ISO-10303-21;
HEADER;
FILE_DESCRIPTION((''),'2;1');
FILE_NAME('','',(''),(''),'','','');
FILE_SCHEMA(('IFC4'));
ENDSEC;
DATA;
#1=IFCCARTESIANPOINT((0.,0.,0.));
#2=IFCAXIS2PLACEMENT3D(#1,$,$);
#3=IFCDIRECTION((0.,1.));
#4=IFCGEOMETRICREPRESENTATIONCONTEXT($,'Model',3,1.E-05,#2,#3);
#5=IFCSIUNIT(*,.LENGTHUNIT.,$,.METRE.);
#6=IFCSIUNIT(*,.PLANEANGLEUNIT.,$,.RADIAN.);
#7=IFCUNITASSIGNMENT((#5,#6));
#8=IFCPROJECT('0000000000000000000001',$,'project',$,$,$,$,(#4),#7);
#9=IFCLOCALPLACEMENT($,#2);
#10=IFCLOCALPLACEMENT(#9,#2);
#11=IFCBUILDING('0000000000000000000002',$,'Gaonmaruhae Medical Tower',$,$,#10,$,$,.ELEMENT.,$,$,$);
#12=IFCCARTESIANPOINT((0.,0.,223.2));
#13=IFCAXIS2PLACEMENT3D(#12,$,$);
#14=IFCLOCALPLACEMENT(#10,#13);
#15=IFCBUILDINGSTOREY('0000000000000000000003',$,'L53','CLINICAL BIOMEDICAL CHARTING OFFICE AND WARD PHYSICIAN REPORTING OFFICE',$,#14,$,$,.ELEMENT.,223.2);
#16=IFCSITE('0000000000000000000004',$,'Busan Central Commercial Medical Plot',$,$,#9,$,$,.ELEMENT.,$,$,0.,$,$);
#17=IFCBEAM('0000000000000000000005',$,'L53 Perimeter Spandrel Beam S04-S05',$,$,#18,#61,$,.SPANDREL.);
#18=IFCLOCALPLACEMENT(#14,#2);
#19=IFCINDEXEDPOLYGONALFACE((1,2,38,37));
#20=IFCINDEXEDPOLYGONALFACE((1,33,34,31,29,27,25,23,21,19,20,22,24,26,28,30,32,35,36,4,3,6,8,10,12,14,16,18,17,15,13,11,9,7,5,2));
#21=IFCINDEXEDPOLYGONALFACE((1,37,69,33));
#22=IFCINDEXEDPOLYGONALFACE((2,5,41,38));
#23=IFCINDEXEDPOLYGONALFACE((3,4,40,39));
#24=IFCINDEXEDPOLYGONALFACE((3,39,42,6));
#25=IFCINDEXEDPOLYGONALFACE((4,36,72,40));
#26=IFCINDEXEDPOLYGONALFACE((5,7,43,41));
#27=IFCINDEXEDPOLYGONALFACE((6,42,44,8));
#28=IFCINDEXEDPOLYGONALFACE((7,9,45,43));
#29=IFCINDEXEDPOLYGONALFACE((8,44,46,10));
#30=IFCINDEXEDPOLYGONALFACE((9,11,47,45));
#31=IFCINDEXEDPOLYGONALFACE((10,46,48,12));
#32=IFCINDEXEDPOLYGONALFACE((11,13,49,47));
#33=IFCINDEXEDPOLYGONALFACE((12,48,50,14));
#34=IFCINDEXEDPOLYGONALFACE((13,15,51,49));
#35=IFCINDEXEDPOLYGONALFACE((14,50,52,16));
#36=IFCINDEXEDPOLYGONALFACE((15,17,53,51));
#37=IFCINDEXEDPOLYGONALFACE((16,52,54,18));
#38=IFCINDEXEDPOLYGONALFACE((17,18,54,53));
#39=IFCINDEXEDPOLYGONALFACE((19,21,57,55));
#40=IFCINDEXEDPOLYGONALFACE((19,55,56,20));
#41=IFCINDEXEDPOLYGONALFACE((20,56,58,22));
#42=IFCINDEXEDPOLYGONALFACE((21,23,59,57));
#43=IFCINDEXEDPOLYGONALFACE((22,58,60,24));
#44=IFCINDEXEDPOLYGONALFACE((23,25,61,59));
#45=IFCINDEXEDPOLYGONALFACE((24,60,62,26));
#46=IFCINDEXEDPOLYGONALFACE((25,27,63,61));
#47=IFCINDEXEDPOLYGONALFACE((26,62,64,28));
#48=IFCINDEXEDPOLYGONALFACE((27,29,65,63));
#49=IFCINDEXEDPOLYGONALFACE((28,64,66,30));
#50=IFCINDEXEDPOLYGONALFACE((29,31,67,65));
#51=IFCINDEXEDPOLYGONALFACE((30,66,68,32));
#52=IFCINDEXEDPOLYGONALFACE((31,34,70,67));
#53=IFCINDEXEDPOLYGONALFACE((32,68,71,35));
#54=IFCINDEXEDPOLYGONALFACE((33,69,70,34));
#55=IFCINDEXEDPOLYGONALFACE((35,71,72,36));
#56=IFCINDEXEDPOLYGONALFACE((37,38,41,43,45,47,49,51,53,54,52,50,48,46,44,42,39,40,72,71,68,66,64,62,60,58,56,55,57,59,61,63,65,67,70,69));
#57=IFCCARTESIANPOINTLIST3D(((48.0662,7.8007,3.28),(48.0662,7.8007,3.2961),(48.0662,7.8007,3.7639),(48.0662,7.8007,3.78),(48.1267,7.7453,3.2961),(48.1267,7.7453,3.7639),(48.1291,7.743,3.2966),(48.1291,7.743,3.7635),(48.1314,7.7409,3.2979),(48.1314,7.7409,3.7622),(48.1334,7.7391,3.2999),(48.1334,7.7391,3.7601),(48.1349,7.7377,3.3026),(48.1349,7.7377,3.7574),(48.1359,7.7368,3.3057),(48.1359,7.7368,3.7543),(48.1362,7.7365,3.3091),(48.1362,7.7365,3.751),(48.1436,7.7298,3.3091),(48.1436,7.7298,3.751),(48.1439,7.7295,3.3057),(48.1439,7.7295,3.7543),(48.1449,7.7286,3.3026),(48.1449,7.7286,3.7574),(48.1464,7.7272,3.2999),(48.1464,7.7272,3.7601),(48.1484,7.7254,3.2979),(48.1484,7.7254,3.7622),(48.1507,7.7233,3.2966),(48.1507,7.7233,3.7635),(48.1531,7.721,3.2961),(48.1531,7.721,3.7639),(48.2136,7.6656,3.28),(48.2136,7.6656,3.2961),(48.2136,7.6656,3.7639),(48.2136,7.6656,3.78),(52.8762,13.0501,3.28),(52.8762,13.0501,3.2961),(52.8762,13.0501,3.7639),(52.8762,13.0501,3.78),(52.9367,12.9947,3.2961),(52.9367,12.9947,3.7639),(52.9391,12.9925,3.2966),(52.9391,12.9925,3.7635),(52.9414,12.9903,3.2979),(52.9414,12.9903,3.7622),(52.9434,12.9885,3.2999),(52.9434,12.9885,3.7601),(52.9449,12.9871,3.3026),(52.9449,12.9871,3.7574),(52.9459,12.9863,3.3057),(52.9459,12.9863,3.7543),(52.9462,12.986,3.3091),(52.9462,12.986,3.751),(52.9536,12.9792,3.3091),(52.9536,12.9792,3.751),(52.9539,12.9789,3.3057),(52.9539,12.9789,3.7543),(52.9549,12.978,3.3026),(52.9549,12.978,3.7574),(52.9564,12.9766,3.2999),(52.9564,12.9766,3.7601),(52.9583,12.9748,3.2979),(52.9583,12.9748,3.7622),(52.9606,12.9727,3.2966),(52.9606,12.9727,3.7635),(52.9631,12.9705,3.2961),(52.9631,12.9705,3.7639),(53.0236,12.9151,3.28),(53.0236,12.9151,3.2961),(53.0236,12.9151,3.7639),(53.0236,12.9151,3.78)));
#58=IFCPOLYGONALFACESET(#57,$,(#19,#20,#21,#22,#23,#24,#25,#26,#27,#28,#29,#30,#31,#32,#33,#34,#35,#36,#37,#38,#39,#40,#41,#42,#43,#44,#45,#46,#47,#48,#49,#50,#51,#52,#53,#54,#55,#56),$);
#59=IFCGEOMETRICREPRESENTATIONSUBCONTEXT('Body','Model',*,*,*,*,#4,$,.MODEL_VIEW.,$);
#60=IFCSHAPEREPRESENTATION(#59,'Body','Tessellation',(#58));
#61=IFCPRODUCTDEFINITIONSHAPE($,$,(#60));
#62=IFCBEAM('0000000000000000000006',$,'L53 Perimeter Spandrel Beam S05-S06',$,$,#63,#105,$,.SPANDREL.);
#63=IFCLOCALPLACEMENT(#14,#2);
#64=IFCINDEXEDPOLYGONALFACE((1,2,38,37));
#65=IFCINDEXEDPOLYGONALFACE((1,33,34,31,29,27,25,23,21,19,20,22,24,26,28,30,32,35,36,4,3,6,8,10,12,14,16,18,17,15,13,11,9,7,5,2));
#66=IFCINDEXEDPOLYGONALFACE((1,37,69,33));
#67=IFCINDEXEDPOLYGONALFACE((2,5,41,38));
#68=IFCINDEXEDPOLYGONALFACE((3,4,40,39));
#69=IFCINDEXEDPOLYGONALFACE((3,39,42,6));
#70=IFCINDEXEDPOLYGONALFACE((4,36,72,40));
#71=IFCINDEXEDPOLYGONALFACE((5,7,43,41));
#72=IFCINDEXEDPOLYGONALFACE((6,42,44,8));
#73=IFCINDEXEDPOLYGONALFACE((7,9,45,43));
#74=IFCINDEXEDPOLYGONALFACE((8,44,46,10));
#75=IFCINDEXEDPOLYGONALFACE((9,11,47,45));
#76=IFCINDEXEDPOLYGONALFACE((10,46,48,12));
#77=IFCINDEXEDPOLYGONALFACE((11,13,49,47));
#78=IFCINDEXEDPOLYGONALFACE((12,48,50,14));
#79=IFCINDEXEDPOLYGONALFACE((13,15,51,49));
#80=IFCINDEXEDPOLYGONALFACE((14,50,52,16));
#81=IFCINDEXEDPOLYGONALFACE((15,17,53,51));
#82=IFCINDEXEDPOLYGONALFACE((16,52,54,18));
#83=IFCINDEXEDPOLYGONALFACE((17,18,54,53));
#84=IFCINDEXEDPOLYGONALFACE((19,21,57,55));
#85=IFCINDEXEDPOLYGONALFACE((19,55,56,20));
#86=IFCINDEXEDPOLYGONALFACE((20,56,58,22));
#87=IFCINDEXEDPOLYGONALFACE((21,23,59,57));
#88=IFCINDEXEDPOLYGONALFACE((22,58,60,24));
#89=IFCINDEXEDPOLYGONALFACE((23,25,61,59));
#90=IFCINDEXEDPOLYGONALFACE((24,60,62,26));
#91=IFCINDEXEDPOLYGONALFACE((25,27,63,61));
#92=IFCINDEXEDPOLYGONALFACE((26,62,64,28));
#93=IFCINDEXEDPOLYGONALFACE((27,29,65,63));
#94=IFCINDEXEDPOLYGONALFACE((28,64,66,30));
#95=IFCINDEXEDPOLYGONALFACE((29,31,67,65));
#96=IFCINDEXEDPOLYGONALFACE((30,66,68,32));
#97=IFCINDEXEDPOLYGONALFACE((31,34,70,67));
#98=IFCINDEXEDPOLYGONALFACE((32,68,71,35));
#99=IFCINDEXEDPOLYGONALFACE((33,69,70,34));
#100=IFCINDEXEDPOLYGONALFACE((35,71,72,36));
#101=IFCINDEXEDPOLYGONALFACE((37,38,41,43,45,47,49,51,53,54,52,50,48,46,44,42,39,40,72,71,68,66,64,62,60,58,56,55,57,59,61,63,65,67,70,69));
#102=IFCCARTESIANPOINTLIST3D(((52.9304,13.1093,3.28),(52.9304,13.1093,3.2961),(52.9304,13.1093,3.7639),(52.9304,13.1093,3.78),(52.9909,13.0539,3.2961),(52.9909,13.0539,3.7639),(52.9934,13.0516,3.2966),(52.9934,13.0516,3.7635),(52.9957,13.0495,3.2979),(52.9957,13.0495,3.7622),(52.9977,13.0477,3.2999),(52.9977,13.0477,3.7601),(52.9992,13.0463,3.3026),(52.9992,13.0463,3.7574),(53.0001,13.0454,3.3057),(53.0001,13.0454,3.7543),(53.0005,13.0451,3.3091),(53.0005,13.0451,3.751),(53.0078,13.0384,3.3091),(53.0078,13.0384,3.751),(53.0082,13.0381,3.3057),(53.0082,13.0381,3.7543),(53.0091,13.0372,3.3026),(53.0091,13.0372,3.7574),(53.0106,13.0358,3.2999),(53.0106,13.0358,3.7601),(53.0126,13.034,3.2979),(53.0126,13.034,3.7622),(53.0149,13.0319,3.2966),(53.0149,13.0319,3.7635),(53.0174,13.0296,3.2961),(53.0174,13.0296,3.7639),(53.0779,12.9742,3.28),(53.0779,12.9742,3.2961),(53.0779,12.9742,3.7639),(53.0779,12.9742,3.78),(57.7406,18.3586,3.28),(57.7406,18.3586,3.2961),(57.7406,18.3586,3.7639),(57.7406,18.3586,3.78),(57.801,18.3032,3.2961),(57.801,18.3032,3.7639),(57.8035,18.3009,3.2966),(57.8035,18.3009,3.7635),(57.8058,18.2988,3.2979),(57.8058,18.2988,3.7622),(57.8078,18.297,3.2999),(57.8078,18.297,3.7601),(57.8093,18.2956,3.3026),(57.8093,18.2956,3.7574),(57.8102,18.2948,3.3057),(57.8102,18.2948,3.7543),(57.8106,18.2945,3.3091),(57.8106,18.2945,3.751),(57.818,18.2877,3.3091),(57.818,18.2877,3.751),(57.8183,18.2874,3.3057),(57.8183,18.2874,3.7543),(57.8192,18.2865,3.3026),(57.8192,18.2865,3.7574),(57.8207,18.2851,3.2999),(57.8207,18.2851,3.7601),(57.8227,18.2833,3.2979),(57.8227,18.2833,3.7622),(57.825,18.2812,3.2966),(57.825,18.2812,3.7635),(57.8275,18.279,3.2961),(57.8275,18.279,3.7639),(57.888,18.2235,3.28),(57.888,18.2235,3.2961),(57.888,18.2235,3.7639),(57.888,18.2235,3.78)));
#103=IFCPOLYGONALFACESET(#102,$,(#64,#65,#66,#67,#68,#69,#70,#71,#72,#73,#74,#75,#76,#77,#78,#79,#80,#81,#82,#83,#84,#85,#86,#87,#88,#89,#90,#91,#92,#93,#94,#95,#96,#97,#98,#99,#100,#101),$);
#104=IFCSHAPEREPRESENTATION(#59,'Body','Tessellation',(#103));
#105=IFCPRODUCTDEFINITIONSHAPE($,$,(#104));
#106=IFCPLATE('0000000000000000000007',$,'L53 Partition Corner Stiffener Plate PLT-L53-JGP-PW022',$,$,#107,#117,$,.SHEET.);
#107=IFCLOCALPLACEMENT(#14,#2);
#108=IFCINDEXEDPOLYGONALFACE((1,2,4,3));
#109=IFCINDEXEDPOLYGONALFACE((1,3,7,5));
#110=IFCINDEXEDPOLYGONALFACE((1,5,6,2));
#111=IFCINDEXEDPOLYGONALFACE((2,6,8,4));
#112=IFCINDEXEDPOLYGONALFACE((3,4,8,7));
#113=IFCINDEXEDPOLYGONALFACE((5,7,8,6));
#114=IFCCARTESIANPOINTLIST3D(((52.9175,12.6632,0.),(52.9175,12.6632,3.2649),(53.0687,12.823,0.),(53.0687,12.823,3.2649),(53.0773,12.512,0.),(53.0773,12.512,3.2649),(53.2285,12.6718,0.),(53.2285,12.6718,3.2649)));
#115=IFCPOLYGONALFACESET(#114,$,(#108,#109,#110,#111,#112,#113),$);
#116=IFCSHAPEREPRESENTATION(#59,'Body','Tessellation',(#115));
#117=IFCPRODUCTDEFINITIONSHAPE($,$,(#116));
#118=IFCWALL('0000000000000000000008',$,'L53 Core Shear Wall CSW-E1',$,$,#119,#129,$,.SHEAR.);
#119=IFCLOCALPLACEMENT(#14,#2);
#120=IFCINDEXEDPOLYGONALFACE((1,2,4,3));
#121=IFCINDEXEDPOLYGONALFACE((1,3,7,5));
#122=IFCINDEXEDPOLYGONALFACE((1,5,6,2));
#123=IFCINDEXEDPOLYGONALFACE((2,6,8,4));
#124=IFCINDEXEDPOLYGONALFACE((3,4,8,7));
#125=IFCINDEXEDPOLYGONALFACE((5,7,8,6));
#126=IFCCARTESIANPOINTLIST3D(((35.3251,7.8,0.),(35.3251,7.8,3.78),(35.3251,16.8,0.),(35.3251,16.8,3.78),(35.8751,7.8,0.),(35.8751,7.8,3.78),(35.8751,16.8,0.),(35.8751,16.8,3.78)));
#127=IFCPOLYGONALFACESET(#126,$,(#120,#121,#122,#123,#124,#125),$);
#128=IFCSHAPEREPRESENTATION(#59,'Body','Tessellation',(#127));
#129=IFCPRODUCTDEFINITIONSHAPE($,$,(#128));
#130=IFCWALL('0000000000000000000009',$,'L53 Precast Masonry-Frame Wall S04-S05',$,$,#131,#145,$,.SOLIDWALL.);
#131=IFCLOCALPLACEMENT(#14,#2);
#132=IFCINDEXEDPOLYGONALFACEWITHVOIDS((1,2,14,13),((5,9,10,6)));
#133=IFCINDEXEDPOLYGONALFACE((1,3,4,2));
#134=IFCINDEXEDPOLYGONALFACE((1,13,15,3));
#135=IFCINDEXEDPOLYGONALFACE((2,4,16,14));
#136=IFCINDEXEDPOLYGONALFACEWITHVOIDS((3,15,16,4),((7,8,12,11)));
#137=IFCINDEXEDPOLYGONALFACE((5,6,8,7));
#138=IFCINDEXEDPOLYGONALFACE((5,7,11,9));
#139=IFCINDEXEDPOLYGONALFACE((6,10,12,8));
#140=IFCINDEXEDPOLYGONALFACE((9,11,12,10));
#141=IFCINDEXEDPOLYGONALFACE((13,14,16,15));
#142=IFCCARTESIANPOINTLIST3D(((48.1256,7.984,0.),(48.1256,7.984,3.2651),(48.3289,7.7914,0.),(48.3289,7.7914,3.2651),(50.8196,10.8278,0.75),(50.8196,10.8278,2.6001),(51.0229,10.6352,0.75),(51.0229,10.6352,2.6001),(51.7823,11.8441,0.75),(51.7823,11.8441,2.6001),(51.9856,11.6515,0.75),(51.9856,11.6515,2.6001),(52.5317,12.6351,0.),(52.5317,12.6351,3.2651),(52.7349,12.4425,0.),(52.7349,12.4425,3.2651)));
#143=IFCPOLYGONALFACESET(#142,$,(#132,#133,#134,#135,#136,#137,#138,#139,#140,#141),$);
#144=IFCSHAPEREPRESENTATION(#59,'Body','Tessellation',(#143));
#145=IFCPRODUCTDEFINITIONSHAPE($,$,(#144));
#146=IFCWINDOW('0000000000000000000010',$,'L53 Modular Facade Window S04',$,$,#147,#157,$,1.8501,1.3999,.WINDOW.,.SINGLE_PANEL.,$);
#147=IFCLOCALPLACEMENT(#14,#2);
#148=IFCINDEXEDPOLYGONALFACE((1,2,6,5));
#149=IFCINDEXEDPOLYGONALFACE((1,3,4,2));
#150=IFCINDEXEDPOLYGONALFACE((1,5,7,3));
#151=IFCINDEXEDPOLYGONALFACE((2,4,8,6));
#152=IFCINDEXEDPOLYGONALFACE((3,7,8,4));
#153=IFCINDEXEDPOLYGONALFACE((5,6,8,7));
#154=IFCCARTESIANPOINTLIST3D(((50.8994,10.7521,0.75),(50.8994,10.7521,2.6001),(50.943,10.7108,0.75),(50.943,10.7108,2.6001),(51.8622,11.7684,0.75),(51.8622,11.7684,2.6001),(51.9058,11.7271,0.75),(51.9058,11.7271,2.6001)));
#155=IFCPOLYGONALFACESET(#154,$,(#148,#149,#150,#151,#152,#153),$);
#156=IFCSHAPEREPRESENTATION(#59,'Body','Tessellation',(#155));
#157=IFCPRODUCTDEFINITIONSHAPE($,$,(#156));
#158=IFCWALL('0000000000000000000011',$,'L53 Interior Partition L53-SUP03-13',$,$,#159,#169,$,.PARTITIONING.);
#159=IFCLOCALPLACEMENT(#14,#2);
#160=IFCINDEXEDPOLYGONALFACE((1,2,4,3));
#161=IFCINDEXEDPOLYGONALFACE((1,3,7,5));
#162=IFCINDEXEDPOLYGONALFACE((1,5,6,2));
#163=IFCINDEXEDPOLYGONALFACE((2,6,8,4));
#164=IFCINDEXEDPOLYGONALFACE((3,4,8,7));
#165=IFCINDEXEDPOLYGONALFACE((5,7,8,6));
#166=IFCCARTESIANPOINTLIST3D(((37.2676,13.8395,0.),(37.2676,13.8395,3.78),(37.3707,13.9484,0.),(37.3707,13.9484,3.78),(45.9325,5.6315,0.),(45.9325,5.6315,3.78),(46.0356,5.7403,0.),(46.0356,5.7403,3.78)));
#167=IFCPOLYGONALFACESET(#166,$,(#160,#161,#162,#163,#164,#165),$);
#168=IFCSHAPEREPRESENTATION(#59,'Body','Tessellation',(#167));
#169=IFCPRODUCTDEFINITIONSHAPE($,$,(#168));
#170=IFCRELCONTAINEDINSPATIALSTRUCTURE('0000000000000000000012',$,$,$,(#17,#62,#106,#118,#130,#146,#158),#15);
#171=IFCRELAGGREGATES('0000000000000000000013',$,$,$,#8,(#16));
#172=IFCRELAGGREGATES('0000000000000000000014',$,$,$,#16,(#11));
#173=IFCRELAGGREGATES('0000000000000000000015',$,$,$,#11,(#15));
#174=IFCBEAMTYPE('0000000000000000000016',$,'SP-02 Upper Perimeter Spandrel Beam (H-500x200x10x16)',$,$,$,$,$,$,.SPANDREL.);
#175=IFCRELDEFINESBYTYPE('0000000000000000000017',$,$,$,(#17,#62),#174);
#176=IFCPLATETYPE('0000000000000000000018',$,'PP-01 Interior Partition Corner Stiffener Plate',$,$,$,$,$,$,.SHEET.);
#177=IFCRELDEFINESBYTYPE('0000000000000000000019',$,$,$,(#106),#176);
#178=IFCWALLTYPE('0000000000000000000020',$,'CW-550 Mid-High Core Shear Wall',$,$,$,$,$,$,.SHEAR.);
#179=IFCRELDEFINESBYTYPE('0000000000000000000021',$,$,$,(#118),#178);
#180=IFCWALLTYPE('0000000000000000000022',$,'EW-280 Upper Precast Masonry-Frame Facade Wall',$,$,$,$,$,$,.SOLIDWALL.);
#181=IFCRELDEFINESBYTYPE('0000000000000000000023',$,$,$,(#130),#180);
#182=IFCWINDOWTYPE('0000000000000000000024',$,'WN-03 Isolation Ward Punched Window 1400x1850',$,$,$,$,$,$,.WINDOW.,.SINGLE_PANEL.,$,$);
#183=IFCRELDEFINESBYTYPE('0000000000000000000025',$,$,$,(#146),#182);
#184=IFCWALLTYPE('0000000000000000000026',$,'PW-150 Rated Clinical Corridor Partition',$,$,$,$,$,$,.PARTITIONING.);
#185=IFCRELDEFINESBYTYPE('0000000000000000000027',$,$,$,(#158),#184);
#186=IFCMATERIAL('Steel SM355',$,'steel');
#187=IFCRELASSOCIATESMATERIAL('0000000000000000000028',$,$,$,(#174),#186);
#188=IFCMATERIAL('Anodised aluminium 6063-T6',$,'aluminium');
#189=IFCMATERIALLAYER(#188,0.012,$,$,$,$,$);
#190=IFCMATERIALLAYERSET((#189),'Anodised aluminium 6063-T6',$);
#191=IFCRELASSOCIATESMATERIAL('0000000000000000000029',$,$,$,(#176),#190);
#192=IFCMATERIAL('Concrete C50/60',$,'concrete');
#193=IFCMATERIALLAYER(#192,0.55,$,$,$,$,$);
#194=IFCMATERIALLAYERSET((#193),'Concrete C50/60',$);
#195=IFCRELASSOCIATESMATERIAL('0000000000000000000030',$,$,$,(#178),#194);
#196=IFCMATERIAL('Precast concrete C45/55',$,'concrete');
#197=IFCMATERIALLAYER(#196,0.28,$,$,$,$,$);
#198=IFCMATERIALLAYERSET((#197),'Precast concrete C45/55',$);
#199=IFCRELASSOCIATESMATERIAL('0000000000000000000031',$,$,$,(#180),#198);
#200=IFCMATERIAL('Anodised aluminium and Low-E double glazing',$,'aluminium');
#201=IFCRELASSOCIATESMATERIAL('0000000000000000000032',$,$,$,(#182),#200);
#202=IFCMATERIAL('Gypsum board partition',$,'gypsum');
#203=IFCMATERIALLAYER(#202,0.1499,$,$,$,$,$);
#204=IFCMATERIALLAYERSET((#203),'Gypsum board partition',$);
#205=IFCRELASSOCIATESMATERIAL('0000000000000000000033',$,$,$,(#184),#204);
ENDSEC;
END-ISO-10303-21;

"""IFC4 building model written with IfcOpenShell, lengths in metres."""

from ifc_helpers import new_model, si_unit, direction, frame, frame_2d, origin, origin_2d, place, context, subcontext, project, spatial, rectangle, i_section, extrude, material, layer, layer_set, material_profile, profile_set, type_object, element, fill, save


model = new_model("IFC4")

# Units and contexts
model_context = context("Model", 3, precision=1e-05, world=origin(), true_north=direction((0.0, 1.0)))
body_context = subcontext(model_context, "Body", "Model", "MODEL_VIEW")
ifc_project = project(units=[si_unit("LENGTHUNIT", "METRE"), si_unit("PLANEANGLEUNIT", "RADIAN")], contexts=[model_context])

# Site, building, storey
site_placement = place(None, origin())
site = spatial("IfcSite", under=ifc_project, at=site_placement, Name="Busan Central Commercial Medical Plot", CompositionType="ELEMENT", RefElevation=0.0)
building_placement = place(site_placement, origin())
building = spatial("IfcBuilding", under=site, at=building_placement, Name="Gaonmaruhae Medical Tower", CompositionType="ELEMENT")
storey_placement = place(building_placement, frame((0.0, 0.0, 223.2)))
storey = spatial("IfcBuildingStorey", under=building, at=storey_placement, Name="L53", Description="CLINICAL BIOMEDICAL CHARTING OFFICE AND WARD PHYSICIAN REPORTING OFFICE", CompositionType="ELEMENT", Elevation=223.2)

# Shared definitions
ifc_material_1 = material(Name="Concrete C50/60", Category="concrete")

# Beams
ifc_material_2 = material(Name="Steel SM355", Category="steel")
ifc_material_profile_1 = material_profile(ifc_material_2, i_section(OverallWidth=0.2, OverallDepth=0.5, WebThickness=0.01, FlangeThickness=0.0161, FilletRadius=0.0129, at=origin_2d()), Name="H-500x200x10x16")
ifc_profile_set_1 = profile_set([ifc_material_profile_1], Name="Steel SM355")
beam_type_1 = type_object("IfcBeamType", Name="SP-02 Upper Perimeter Spandrel Beam (H-500x200x10x16)", PredefinedType="SPANDREL", material=ifc_profile_set_1)
for number, where, z_axis, x_axis, name in (
    (1, (48.1399, 7.7332, 3.53), (0.675572, 0.737294, 0.0), (-0.737294, 0.675572, 0.0), "L53 Perimeter Spandrel Beam S04-S05"),
    (2, (53.0042, 13.0417, 3.53), (0.67559, 0.737278, 0.0), (-0.737278, 0.67559, 0.0), "L53 Perimeter Spandrel Beam S05-S06"),
):
    element("IfcBeam", number, at=place(storey_placement, frame(where, z_axis=z_axis, x_axis=x_axis)), inside=storey, type_object=beam_type_1, Name=name, PredefinedType="SPANDREL", context=body_context, shape_type="SweptSolid", body=[
        extrude(i_section(OverallWidth=0.2, OverallDepth=0.5, WebThickness=0.01, FlangeThickness=0.0161, FilletRadius=0.0129, at=origin_2d()), origin(), (0.0, 0.0, 1.0), 7.1199),
    ])

# Plate
ifc_material_3 = material(Name="Anodised aluminium 6063-T6", Category="aluminium")
ifc_layer_1 = layer(ifc_material_3, 0.012)
ifc_layer_set_1 = layer_set([ifc_layer_1], Name="Anodised aluminium 6063-T6")
plate_type = type_object("IfcPlateType", Name="PP-01 Interior Partition Corner Stiffener Plate", PredefinedType="SHEET", material=ifc_layer_set_1)
plate_placement = place(storey_placement, frame((53.073, 12.6675, 0.0), z_axis=(0.0, 0.0, 1.0), x_axis=(-0.687252, -0.726419, 0.0)))
element("IfcPlate", 3, at=plate_placement, inside=storey, type_object=plate_type, Name="L53 Partition Corner Stiffener Plate PLT-L53-JGP-PW022", PredefinedType="SHEET", context=body_context, shape_type="SweptSolid", body=[
    extrude(rectangle(XDim=0.22, YDim=0.22, at=origin_2d()), origin(), (0.0, 0.0, 1.0), 3.2649),
])

# Wall
ifc_layer_2 = layer(ifc_material_1, 0.55)
ifc_layer_set_2 = layer_set([ifc_layer_2], Name="Concrete C50/60")
wall_type_1 = type_object("IfcWallType", Name="CW-550 Mid-High Core Shear Wall", PredefinedType="SHEAR", material=ifc_layer_set_2)
wall_1_placement = place(storey_placement, frame((35.6001, 7.8, 0.0), z_axis=(0.0, 0.0, 1.0), x_axis=(0.0, 1.0, 0.0)))
element("IfcWall", 4, at=wall_1_placement, inside=storey, type_object=wall_type_1, Name="L53 Core Shear Wall CSW-E1", PredefinedType="SHEAR", context=body_context, shape_type="SweptSolid", body=[
    extrude(rectangle(XDim=9.0, YDim=0.55, at=frame_2d((4.5, 0.0))), origin(), (0.0, 0.0, 1.0), 3.78),
])

# Wall, opening, window
ifc_material_4 = material(Name="Precast concrete C45/55", Category="concrete")
ifc_layer_3 = layer(ifc_material_4, 0.28)
ifc_layer_set_3 = layer_set([ifc_layer_3], Name="Precast concrete C45/55")
wall_type_2 = type_object("IfcWallType", Name="EW-280 Upper Precast Masonry-Frame Facade Wall", PredefinedType="SOLIDWALL", material=ifc_layer_set_3)
wall_2_placement = place(storey_placement, frame((52.6333, 12.5388, 0.0), z_axis=(0.0, 0.0, 1.0), x_axis=(-0.687718, -0.725978, 0.0)))
wall_2 = element("IfcWall", 5, at=wall_2_placement, inside=storey, type_object=wall_type_2, Name="L53 Precast Masonry-Frame Wall S04-S05", PredefinedType="SOLIDWALL", context=body_context, shape_type="SweptSolid", body=[
    extrude(rectangle(XDim=6.4067, YDim=0.28, at=frame_2d((3.2034, 0.0))), origin(), (0.0, 0.0, 1.0), 3.2651),
])
opening_1_placement = place(wall_2_placement, frame((1.0896, 0.0, 0.75)))
opening_1 = element("IfcOpeningElement", 6, at=opening_1_placement, cuts=wall_2, PredefinedType="OPENING", context=body_context, shape_type="SweptSolid", body=[
    extrude(rectangle(XDim=1.3999, YDim=1.8501, at=frame_2d((0.7, 0.925))), frame((0.0, 0.1499, 0.0), z_axis=(0.0, -1.0, 0.0), x_axis=(1.0, 0.0, 0.0)), (0.0, 0.0, 1.0), 0.3),
])
ifc_material_5 = material(Name="Anodised aluminium and Low-E double glazing", Category="aluminium")
window_type = type_object("IfcWindowType", Name="WN-03 Isolation Ward Punched Window 1400x1850", PartitioningType="SINGLE_PANEL", PredefinedType="WINDOW", material=ifc_material_5)
window_placement = place(opening_1_placement, origin())
window = element("IfcWindow", 7, at=window_placement, inside=storey, type_object=window_type, Name="L53 Modular Facade Window S04", OverallHeight=1.8501, OverallWidth=1.3999, PartitioningType="SINGLE_PANEL", PredefinedType="WINDOW", context=body_context, shape_type="SweptSolid", body=[
    extrude(rectangle(XDim=1.3999, YDim=1.8501, at=frame_2d((0.7, 0.925))), frame((0.0, 0.03, 0.0), z_axis=(0.0, -1.0, 0.0), x_axis=(1.0, 0.0, 0.0)), (0.0, 0.0, 1.0), 0.0601),
])
fill(opening_1, window)

# Shared definitions
ifc_material_6 = material(Name="Gypsum board partition", Category="gypsum")
ifc_layer_4 = layer(ifc_material_6, 0.1499)
ifc_layer_set_4 = layer_set([ifc_layer_4], Name="Gypsum board partition")
wall_type_3 = type_object("IfcWallType", Name="PW-150 Rated Clinical Corridor Partition", PredefinedType="PARTITIONING", material=ifc_layer_set_4)

# Wall
wall_3_placement = place(storey_placement, frame((37.3191, 13.894, 0.0), z_axis=(0.0, 0.0, 1.0), x_axis=(0.725984, -0.687712, 0.0)))
element("IfcWall", 8, at=wall_3_placement, inside=storey, type_object=wall_type_3, Name="L53 Interior Partition L53-SUP03-13", PredefinedType="PARTITIONING", context=body_context, shape_type="SweptSolid", body=[
    extrude(rectangle(XDim=11.9353, YDim=0.1499, at=frame_2d((5.9678, 0.0))), origin(), (0.0, 0.0, 1.0), 3.78),
])

save(model, "model.ifc")
